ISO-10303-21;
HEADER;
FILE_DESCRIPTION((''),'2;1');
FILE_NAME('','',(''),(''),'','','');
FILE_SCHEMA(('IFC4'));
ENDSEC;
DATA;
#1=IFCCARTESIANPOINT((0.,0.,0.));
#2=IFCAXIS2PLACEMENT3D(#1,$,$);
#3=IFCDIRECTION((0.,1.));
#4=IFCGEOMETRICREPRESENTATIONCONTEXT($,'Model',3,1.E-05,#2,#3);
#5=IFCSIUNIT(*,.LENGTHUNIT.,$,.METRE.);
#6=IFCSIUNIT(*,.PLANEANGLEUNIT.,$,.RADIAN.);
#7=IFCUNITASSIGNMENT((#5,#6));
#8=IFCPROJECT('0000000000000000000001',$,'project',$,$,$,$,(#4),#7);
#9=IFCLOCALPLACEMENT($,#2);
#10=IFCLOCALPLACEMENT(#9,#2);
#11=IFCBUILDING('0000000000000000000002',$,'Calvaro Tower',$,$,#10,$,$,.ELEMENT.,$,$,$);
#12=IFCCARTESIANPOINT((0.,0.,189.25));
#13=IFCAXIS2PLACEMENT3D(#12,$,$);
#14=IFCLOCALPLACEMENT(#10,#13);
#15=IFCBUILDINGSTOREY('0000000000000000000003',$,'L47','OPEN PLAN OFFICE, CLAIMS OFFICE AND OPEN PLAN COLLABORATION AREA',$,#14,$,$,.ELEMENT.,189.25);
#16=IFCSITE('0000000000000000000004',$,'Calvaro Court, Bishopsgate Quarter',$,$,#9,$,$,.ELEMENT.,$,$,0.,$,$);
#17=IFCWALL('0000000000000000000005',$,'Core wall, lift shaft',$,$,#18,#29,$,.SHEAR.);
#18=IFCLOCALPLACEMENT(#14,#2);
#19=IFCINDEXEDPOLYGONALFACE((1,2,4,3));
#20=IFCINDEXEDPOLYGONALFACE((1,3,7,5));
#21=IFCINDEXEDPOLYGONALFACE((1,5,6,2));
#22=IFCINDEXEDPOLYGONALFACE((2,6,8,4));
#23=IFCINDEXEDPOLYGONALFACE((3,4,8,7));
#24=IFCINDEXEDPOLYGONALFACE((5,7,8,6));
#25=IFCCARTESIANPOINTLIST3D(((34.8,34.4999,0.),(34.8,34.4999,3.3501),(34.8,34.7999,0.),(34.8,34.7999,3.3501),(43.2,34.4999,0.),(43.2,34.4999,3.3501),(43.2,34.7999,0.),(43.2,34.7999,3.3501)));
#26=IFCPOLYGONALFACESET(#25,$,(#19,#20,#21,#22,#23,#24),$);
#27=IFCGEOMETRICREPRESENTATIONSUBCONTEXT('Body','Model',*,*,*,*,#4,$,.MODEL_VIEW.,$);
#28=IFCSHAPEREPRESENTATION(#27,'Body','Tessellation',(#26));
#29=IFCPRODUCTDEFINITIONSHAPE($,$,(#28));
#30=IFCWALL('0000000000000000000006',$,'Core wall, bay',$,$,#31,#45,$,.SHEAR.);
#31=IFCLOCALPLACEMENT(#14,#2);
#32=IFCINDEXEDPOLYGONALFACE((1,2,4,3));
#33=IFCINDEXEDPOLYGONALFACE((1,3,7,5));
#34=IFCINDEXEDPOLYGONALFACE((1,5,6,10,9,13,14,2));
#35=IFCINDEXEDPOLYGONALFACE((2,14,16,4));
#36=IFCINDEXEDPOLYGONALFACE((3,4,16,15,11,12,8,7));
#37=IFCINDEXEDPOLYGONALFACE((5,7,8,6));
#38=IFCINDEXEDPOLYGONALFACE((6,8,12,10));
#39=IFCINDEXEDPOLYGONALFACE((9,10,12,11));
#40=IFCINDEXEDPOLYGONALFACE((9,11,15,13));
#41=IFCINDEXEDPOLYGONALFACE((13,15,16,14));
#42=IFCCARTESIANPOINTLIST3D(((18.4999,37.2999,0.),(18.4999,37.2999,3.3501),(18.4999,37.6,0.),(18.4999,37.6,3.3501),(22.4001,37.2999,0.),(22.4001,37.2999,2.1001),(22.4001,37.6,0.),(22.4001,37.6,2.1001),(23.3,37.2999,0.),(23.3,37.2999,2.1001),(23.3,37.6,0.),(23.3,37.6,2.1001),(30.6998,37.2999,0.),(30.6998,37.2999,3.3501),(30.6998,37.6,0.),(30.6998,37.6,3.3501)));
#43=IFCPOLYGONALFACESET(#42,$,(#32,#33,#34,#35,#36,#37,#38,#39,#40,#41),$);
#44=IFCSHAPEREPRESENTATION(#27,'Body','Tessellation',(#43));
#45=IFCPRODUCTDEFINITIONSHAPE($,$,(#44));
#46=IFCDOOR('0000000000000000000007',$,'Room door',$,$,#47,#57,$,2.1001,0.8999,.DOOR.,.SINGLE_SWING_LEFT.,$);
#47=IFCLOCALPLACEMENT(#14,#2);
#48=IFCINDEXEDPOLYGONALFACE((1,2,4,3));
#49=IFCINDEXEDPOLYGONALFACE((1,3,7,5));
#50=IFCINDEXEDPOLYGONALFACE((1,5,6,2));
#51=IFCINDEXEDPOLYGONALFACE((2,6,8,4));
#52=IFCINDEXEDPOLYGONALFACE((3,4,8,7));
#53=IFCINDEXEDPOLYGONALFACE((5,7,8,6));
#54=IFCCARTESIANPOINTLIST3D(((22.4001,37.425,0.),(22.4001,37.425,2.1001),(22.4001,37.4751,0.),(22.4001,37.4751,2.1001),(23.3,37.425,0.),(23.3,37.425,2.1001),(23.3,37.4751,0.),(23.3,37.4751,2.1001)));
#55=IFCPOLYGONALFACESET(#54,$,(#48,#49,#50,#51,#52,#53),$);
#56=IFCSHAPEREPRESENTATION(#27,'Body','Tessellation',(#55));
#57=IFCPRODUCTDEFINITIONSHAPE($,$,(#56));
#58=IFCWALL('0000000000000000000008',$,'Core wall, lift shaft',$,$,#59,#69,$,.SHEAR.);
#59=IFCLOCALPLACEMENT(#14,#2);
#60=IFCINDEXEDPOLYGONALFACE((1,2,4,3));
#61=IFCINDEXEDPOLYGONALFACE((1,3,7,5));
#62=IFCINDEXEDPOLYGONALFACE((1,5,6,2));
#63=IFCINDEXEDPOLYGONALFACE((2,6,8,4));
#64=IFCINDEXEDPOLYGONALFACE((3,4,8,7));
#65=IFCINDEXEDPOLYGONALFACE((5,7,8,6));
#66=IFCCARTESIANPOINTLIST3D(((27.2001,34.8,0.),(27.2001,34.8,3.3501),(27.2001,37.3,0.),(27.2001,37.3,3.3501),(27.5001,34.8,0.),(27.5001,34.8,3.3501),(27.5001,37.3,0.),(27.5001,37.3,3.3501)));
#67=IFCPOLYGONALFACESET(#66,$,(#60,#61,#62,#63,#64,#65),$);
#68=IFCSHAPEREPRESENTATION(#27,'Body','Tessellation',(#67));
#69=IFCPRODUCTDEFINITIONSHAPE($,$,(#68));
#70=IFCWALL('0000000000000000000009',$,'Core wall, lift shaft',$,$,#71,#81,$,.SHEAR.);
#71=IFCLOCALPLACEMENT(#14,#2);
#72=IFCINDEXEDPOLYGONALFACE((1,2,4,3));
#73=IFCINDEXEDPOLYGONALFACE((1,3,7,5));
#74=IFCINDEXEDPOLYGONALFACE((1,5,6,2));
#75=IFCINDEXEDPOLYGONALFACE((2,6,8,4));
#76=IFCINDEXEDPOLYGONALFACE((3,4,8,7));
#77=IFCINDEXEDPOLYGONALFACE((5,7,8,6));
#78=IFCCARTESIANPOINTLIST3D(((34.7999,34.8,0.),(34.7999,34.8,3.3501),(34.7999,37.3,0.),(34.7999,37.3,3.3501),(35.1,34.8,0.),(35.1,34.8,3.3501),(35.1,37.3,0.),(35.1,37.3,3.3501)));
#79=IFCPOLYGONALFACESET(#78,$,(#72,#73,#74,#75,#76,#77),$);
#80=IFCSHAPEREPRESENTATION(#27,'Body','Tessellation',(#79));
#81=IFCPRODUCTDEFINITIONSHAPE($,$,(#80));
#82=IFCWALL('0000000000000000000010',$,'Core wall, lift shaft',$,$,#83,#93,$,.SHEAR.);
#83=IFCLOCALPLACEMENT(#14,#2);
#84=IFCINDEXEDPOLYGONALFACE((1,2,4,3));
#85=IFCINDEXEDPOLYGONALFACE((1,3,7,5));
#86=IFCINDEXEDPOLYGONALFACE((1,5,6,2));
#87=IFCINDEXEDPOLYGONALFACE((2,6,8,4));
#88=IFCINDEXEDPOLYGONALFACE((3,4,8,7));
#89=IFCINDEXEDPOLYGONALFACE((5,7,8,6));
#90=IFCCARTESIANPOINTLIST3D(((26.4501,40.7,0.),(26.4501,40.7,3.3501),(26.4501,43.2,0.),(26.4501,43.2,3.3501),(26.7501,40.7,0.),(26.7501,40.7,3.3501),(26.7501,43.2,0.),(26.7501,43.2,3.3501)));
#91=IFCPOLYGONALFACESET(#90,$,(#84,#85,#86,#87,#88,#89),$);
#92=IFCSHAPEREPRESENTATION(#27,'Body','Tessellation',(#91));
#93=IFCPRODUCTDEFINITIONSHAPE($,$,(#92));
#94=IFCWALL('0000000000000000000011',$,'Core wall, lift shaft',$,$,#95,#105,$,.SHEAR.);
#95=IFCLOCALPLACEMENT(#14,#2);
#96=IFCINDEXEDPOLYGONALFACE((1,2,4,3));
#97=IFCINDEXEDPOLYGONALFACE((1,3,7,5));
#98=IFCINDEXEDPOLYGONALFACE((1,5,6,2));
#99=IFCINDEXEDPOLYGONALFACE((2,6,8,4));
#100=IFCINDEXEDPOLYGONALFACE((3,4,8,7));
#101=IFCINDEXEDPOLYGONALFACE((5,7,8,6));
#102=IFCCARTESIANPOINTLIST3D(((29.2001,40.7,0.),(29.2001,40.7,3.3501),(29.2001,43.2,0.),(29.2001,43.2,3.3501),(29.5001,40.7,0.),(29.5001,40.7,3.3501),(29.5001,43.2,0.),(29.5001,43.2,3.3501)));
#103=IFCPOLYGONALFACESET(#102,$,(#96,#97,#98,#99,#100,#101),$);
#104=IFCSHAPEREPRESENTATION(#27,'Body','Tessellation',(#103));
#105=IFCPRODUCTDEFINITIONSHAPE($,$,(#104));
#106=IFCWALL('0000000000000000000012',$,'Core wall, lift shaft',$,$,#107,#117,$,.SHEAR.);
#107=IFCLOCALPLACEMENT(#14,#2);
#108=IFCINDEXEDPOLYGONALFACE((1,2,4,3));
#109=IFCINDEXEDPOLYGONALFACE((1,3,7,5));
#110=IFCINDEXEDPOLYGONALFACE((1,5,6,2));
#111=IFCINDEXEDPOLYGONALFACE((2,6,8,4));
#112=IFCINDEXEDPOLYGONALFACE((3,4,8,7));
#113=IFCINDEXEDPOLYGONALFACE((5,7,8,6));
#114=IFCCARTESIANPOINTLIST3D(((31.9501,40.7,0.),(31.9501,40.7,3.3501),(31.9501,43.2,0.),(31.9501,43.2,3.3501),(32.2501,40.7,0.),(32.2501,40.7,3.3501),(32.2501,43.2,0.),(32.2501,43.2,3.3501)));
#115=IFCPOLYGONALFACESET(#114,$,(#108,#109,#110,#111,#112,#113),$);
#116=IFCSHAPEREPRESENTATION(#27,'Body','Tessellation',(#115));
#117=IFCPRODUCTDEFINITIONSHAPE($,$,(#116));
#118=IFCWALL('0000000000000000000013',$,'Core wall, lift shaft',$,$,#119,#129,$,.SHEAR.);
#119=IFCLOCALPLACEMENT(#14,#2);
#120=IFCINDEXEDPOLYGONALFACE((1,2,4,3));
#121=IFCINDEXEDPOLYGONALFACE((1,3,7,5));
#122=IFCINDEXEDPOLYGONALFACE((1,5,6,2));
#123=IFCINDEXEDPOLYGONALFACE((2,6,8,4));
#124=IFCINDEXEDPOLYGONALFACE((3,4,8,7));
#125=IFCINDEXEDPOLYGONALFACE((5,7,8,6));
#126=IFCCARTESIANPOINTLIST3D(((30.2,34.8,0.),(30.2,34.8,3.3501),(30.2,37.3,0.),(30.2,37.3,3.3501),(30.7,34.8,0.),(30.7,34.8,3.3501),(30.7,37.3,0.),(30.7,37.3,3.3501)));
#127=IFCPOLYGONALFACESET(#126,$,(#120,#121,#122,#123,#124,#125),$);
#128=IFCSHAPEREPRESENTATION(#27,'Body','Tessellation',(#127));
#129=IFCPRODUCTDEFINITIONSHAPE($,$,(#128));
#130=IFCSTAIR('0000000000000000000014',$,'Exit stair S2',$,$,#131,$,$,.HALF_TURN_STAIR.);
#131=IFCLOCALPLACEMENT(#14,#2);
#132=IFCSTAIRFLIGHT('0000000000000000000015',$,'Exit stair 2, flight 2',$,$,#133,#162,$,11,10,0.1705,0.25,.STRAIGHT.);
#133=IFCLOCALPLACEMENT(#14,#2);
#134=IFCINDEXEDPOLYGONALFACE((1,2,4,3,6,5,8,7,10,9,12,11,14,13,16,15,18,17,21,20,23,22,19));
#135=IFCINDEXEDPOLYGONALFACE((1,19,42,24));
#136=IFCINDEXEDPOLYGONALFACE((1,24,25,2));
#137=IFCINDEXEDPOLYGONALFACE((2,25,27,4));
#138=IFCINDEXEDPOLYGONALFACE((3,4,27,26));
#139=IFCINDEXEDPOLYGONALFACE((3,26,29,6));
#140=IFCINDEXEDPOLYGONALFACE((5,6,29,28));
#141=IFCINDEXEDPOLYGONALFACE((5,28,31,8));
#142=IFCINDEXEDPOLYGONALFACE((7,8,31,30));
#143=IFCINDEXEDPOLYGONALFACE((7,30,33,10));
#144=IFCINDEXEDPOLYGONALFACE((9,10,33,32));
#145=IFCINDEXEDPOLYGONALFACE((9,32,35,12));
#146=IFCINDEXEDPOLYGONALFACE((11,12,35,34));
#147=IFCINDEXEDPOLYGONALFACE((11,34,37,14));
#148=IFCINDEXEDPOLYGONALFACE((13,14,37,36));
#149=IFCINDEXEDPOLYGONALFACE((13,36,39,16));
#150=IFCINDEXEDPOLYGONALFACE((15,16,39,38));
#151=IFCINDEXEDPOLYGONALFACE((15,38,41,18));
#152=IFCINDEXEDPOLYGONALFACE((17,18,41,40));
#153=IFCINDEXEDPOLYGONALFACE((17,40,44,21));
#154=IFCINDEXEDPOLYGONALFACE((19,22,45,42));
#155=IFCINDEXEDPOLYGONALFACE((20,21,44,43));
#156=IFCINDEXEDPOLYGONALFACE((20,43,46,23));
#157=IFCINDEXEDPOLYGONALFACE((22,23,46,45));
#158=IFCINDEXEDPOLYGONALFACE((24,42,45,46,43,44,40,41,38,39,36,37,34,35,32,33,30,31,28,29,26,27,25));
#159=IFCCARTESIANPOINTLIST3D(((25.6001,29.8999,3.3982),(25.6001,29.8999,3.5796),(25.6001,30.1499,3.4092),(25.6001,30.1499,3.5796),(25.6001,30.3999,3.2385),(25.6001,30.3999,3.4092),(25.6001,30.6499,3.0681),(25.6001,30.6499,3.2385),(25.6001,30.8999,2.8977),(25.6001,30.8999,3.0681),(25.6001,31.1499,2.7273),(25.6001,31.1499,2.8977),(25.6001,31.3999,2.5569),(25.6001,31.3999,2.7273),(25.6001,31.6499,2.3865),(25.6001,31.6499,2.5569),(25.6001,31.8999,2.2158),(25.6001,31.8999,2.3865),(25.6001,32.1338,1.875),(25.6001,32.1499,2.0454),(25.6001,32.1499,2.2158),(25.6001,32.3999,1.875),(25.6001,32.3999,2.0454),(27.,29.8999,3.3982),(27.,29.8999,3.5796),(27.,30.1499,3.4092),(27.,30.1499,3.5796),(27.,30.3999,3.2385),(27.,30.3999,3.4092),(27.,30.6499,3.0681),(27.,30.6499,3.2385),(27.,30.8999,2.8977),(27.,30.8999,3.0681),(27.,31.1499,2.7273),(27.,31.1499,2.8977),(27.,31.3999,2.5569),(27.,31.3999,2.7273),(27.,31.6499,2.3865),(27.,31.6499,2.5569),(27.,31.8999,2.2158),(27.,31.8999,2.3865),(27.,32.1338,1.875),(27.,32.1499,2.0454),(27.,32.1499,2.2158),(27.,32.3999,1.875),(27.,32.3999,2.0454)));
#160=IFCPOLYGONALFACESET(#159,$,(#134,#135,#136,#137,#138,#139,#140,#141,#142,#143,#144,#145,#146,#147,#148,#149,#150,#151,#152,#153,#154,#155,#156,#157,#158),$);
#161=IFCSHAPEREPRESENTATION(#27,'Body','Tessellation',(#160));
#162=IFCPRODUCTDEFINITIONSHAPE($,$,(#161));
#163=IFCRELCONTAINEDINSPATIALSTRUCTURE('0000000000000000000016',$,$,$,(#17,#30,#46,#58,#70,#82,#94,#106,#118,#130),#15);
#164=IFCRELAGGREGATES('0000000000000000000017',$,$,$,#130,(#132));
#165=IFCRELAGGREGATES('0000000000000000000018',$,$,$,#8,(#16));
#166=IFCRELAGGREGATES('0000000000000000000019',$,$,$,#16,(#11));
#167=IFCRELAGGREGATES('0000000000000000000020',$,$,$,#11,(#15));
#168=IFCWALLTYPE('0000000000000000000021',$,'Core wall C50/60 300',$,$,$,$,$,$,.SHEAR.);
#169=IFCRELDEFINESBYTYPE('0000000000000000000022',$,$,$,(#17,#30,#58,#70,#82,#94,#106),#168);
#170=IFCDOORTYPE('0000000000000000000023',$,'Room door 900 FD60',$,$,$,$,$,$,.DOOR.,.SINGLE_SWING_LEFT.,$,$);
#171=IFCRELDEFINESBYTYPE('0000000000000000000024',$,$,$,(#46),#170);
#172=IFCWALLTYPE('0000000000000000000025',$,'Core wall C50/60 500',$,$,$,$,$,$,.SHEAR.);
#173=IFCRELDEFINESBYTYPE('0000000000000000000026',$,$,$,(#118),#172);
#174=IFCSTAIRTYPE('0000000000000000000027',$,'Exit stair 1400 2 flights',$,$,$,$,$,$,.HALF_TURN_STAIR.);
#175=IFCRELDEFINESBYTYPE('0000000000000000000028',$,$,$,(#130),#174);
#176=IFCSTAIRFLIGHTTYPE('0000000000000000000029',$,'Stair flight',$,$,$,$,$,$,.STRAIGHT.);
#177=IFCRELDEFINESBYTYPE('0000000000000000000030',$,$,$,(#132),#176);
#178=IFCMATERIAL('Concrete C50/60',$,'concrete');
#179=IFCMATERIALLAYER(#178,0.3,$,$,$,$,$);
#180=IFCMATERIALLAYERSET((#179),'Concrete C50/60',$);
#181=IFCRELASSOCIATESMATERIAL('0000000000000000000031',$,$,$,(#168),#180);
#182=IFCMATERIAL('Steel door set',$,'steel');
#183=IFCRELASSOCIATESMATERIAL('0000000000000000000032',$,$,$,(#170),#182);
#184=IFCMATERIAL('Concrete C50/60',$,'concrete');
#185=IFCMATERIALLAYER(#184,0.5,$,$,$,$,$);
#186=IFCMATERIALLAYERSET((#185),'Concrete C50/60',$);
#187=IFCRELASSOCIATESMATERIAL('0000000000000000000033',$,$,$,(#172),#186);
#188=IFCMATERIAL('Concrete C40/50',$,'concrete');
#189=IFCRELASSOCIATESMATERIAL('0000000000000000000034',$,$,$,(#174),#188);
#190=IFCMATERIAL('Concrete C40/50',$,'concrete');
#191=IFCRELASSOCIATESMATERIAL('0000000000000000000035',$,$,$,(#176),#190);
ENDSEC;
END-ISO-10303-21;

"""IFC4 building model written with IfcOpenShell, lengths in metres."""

from ifc_helpers import new_model, si_unit, direction, frame, frame_2d, origin, place, context, subcontext, project, spatial, polyline, rectangle, outline, extrude, material, layer, layer_set, type_object, element, fill, aggregate, save


model = new_model("IFC4")

# Units and contexts
model_context = context("Model", 3, precision=1e-05, world=origin(), true_north=direction((0.0, 1.0)))
body_context = subcontext(model_context, "Body", "Model", "MODEL_VIEW")
ifc_project = project(units=[si_unit("LENGTHUNIT", "METRE"), si_unit("PLANEANGLEUNIT", "RADIAN")], contexts=[model_context])

# Site, building, storey
site_placement = place(None, origin())
site = spatial("IfcSite", under=ifc_project, at=site_placement, Name="Calvaro Court, Bishopsgate Quarter", CompositionType="ELEMENT", RefElevation=0.0)
building_placement = place(site_placement, origin())
building = spatial("IfcBuilding", under=site, at=building_placement, Name="Calvaro Tower", CompositionType="ELEMENT")
storey_placement = place(building_placement, frame((0.0, 0.0, 189.25)))
storey = spatial("IfcBuildingStorey", under=building, at=storey_placement, Name="L47", Description="OPEN PLAN OFFICE, CLAIMS OFFICE AND OPEN PLAN COLLABORATION AREA", CompositionType="ELEMENT", Elevation=189.25)

# Wall
ifc_material_1 = material(Name="Concrete C50/60", Category="concrete")
ifc_layer_1 = layer(ifc_material_1, 0.3)
ifc_layer_set_1 = layer_set([ifc_layer_1], Name="Concrete C50/60")
wall_type_1 = type_object("IfcWallType", Name="Core wall C50/60 300", PredefinedType="SHEAR", material=ifc_layer_set_1)
wall_1_placement = place(storey_placement, frame((34.8, 34.6499, 0.0), z_axis=(0.0, 0.0, 1.0), x_axis=(1.0, 0.0, 0.0)))
element("IfcWall", 1, at=wall_1_placement, inside=storey, type_object=wall_type_1, Name="Core wall, lift shaft", PredefinedType="SHEAR", context=body_context, shape_type="SweptSolid", body=[
    extrude(rectangle(XDim=8.3999, YDim=0.3, at=frame_2d((4.2, 0.0))), origin(), (0.0, 0.0, 1.0), 3.3501),
])

# Wall, opening, door
wall_2_placement = place(storey_placement, frame((30.7, 37.45, 0.0), z_axis=(0.0, 0.0, 1.0), x_axis=(-1.0, 0.0, 0.0)))
wall_2 = element("IfcWall", 2, at=wall_2_placement, inside=storey, type_object=wall_type_1, Name="Core wall, bay", PredefinedType="SHEAR", context=body_context, shape_type="SweptSolid", body=[
    extrude(rectangle(XDim=12.2, YDim=0.3, at=frame_2d((6.1001, 0.0))), origin(), (0.0, 0.0, 1.0), 3.3501),
])
opening_placement = place(wall_2_placement, frame((7.3999, 0.0, 0.0)))
opening = element("IfcOpeningElement", 3, at=opening_placement, cuts=wall_2, PredefinedType="OPENING", context=body_context, shape_type="SweptSolid", body=[
    extrude(rectangle(XDim=0.8999, YDim=2.1001, at=frame_2d((0.45, 1.05))), frame((0.0, 0.1599, 0.0), z_axis=(0.0, -1.0, 0.0), x_axis=(1.0, 0.0, 0.0)), (0.0, 0.0, 1.0), 0.3201),
])
ifc_material_2 = material(Name="Steel door set", Category="steel")
door_type = type_object("IfcDoorType", Name="Room door 900 FD60", OperationType="SINGLE_SWING_LEFT", PredefinedType="DOOR", material=ifc_material_2)
door_placement = place(opening_placement, origin())
door = element("IfcDoor", 4, at=door_placement, inside=storey, type_object=door_type, Name="Room door", OperationType="SINGLE_SWING_LEFT", OverallHeight=2.1001, OverallWidth=0.8999, PredefinedType="DOOR", context=body_context, shape_type="SweptSolid", body=[
    extrude(rectangle(XDim=0.8999, YDim=2.1001, at=frame_2d((0.45, 1.05))), frame((0.0, 0.0249, 0.0), z_axis=(0.0, -1.0, 0.0), x_axis=(1.0, 0.0, 0.0)), (0.0, 0.0, 1.0), 0.05),
])
fill(opening, door)

# Walls
for number, where, z_axis, x_axis, name in (
    (5, (27.3501, 34.8, 0.0), (0.0, 0.0, 1.0), (0.0, 1.0, 0.0), "Core wall, lift shaft"),
    (6, (34.95, 34.8, 0.0), (0.0, 0.0, 1.0), (0.0, 1.0, 0.0), "Core wall, lift shaft"),
    (7, (26.6001, 40.7, 0.0), (0.0, 0.0, 1.0), (0.0, 1.0, 0.0), "Core wall, lift shaft"),
    (8, (29.3501, 40.7, 0.0), (0.0, 0.0, 1.0), (0.0, 1.0, 0.0), "Core wall, lift shaft"),
    (9, (32.1001, 40.7, 0.0), (0.0, 0.0, 1.0), (0.0, 1.0, 0.0), "Core wall, lift shaft"),
):
    element("IfcWall", number, at=place(storey_placement, frame(where, z_axis=z_axis, x_axis=x_axis)), inside=storey, type_object=wall_type_1, Name=name, PredefinedType="SHEAR", context=body_context, shape_type="SweptSolid", body=[
        extrude(rectangle(XDim=2.5, YDim=0.3, at=frame_2d((1.25, 0.0))), origin(), (0.0, 0.0, 1.0), 3.3501),
    ])
ifc_material_3 = material(Name="Concrete C50/60", Category="concrete")
ifc_layer_2 = layer(ifc_material_3, 0.5)
ifc_layer_set_2 = layer_set([ifc_layer_2], Name="Concrete C50/60")
wall_type_2 = type_object("IfcWallType", Name="Core wall C50/60 500", PredefinedType="SHEAR", material=ifc_layer_set_2)
wall_3_placement = place(storey_placement, frame((30.45, 34.8, 0.0), z_axis=(0.0, 0.0, 1.0), x_axis=(0.0, 1.0, 0.0)))
element("IfcWall", 10, at=wall_3_placement, inside=storey, type_object=wall_type_2, Name="Core wall, lift shaft", PredefinedType="SHEAR", context=body_context, shape_type="SweptSolid", body=[
    extrude(rectangle(XDim=2.5, YDim=0.5, at=frame_2d((1.25, 0.0))), origin(), (0.0, 0.0, 1.0), 3.3501),
])

# Stair, stair flight
ifc_material_4 = material(Name="Concrete C40/50", Category="concrete")
stair_type = type_object("IfcStairType", Name="Exit stair 1400 2 flights", PredefinedType="HALF_TURN_STAIR", material=ifc_material_4)
stair_placement = place(storey_placement, origin())
stair = element("IfcStair", 11, at=stair_placement, inside=storey, type_object=stair_type, Name="Exit stair S2", PredefinedType="HALF_TURN_STAIR")
ifc_material_5 = material(Name="Concrete C40/50", Category="concrete")
stair_flight_type = type_object("IfcStairFlightType", Name="Stair flight", PredefinedType="STRAIGHT", material=ifc_material_5)
stair_flight_placement = place(storey_placement, frame((26.3, 32.3999, 1.875), z_axis=(0.0, 0.0, 1.0), x_axis=(0.0, -1.0, 0.0)))
stair_flight = element("IfcStairFlight", 12, at=stair_flight_placement, type_object=stair_flight_type, Name="Exit stair 2, flight 2", NumberOfRisers=11, NumberOfTreads=10, PredefinedType="STRAIGHT", RiserHeight=0.1705, TreadLength=0.25, context=body_context, shape_type="SweptSolid", body=[
    extrude(outline(polyline([(0.0, 0.0), (0.0, 0.1704), (0.25, 0.1704), (0.25, 0.3408), (0.5, 0.3408), (0.5, 0.5115), (0.75, 0.5115), (0.75, 0.6819), (1.0, 0.6819), (1.0, 0.8523), (1.25, 0.8523), (1.25, 1.0227), (1.5, 1.0227), (1.5, 1.1931), (1.75, 1.1931), (1.75, 1.3635), (2.0, 1.3635), (2.0, 1.5342), (2.25, 1.5342), (2.25, 1.7046), (2.5, 1.7046), (2.5, 1.875), (2.5, 1.5232), (0.2661, 0.0), (0.0, 0.0)])), frame((0.0, 0.7, 0.0), z_axis=(0.0, -1.0, 0.0), x_axis=(1.0, 0.0, 0.0)), (0.0, 0.0, 1.0), 1.3999),
])
aggregate(stair, [stair_flight])

save(model, "model.ifc")
